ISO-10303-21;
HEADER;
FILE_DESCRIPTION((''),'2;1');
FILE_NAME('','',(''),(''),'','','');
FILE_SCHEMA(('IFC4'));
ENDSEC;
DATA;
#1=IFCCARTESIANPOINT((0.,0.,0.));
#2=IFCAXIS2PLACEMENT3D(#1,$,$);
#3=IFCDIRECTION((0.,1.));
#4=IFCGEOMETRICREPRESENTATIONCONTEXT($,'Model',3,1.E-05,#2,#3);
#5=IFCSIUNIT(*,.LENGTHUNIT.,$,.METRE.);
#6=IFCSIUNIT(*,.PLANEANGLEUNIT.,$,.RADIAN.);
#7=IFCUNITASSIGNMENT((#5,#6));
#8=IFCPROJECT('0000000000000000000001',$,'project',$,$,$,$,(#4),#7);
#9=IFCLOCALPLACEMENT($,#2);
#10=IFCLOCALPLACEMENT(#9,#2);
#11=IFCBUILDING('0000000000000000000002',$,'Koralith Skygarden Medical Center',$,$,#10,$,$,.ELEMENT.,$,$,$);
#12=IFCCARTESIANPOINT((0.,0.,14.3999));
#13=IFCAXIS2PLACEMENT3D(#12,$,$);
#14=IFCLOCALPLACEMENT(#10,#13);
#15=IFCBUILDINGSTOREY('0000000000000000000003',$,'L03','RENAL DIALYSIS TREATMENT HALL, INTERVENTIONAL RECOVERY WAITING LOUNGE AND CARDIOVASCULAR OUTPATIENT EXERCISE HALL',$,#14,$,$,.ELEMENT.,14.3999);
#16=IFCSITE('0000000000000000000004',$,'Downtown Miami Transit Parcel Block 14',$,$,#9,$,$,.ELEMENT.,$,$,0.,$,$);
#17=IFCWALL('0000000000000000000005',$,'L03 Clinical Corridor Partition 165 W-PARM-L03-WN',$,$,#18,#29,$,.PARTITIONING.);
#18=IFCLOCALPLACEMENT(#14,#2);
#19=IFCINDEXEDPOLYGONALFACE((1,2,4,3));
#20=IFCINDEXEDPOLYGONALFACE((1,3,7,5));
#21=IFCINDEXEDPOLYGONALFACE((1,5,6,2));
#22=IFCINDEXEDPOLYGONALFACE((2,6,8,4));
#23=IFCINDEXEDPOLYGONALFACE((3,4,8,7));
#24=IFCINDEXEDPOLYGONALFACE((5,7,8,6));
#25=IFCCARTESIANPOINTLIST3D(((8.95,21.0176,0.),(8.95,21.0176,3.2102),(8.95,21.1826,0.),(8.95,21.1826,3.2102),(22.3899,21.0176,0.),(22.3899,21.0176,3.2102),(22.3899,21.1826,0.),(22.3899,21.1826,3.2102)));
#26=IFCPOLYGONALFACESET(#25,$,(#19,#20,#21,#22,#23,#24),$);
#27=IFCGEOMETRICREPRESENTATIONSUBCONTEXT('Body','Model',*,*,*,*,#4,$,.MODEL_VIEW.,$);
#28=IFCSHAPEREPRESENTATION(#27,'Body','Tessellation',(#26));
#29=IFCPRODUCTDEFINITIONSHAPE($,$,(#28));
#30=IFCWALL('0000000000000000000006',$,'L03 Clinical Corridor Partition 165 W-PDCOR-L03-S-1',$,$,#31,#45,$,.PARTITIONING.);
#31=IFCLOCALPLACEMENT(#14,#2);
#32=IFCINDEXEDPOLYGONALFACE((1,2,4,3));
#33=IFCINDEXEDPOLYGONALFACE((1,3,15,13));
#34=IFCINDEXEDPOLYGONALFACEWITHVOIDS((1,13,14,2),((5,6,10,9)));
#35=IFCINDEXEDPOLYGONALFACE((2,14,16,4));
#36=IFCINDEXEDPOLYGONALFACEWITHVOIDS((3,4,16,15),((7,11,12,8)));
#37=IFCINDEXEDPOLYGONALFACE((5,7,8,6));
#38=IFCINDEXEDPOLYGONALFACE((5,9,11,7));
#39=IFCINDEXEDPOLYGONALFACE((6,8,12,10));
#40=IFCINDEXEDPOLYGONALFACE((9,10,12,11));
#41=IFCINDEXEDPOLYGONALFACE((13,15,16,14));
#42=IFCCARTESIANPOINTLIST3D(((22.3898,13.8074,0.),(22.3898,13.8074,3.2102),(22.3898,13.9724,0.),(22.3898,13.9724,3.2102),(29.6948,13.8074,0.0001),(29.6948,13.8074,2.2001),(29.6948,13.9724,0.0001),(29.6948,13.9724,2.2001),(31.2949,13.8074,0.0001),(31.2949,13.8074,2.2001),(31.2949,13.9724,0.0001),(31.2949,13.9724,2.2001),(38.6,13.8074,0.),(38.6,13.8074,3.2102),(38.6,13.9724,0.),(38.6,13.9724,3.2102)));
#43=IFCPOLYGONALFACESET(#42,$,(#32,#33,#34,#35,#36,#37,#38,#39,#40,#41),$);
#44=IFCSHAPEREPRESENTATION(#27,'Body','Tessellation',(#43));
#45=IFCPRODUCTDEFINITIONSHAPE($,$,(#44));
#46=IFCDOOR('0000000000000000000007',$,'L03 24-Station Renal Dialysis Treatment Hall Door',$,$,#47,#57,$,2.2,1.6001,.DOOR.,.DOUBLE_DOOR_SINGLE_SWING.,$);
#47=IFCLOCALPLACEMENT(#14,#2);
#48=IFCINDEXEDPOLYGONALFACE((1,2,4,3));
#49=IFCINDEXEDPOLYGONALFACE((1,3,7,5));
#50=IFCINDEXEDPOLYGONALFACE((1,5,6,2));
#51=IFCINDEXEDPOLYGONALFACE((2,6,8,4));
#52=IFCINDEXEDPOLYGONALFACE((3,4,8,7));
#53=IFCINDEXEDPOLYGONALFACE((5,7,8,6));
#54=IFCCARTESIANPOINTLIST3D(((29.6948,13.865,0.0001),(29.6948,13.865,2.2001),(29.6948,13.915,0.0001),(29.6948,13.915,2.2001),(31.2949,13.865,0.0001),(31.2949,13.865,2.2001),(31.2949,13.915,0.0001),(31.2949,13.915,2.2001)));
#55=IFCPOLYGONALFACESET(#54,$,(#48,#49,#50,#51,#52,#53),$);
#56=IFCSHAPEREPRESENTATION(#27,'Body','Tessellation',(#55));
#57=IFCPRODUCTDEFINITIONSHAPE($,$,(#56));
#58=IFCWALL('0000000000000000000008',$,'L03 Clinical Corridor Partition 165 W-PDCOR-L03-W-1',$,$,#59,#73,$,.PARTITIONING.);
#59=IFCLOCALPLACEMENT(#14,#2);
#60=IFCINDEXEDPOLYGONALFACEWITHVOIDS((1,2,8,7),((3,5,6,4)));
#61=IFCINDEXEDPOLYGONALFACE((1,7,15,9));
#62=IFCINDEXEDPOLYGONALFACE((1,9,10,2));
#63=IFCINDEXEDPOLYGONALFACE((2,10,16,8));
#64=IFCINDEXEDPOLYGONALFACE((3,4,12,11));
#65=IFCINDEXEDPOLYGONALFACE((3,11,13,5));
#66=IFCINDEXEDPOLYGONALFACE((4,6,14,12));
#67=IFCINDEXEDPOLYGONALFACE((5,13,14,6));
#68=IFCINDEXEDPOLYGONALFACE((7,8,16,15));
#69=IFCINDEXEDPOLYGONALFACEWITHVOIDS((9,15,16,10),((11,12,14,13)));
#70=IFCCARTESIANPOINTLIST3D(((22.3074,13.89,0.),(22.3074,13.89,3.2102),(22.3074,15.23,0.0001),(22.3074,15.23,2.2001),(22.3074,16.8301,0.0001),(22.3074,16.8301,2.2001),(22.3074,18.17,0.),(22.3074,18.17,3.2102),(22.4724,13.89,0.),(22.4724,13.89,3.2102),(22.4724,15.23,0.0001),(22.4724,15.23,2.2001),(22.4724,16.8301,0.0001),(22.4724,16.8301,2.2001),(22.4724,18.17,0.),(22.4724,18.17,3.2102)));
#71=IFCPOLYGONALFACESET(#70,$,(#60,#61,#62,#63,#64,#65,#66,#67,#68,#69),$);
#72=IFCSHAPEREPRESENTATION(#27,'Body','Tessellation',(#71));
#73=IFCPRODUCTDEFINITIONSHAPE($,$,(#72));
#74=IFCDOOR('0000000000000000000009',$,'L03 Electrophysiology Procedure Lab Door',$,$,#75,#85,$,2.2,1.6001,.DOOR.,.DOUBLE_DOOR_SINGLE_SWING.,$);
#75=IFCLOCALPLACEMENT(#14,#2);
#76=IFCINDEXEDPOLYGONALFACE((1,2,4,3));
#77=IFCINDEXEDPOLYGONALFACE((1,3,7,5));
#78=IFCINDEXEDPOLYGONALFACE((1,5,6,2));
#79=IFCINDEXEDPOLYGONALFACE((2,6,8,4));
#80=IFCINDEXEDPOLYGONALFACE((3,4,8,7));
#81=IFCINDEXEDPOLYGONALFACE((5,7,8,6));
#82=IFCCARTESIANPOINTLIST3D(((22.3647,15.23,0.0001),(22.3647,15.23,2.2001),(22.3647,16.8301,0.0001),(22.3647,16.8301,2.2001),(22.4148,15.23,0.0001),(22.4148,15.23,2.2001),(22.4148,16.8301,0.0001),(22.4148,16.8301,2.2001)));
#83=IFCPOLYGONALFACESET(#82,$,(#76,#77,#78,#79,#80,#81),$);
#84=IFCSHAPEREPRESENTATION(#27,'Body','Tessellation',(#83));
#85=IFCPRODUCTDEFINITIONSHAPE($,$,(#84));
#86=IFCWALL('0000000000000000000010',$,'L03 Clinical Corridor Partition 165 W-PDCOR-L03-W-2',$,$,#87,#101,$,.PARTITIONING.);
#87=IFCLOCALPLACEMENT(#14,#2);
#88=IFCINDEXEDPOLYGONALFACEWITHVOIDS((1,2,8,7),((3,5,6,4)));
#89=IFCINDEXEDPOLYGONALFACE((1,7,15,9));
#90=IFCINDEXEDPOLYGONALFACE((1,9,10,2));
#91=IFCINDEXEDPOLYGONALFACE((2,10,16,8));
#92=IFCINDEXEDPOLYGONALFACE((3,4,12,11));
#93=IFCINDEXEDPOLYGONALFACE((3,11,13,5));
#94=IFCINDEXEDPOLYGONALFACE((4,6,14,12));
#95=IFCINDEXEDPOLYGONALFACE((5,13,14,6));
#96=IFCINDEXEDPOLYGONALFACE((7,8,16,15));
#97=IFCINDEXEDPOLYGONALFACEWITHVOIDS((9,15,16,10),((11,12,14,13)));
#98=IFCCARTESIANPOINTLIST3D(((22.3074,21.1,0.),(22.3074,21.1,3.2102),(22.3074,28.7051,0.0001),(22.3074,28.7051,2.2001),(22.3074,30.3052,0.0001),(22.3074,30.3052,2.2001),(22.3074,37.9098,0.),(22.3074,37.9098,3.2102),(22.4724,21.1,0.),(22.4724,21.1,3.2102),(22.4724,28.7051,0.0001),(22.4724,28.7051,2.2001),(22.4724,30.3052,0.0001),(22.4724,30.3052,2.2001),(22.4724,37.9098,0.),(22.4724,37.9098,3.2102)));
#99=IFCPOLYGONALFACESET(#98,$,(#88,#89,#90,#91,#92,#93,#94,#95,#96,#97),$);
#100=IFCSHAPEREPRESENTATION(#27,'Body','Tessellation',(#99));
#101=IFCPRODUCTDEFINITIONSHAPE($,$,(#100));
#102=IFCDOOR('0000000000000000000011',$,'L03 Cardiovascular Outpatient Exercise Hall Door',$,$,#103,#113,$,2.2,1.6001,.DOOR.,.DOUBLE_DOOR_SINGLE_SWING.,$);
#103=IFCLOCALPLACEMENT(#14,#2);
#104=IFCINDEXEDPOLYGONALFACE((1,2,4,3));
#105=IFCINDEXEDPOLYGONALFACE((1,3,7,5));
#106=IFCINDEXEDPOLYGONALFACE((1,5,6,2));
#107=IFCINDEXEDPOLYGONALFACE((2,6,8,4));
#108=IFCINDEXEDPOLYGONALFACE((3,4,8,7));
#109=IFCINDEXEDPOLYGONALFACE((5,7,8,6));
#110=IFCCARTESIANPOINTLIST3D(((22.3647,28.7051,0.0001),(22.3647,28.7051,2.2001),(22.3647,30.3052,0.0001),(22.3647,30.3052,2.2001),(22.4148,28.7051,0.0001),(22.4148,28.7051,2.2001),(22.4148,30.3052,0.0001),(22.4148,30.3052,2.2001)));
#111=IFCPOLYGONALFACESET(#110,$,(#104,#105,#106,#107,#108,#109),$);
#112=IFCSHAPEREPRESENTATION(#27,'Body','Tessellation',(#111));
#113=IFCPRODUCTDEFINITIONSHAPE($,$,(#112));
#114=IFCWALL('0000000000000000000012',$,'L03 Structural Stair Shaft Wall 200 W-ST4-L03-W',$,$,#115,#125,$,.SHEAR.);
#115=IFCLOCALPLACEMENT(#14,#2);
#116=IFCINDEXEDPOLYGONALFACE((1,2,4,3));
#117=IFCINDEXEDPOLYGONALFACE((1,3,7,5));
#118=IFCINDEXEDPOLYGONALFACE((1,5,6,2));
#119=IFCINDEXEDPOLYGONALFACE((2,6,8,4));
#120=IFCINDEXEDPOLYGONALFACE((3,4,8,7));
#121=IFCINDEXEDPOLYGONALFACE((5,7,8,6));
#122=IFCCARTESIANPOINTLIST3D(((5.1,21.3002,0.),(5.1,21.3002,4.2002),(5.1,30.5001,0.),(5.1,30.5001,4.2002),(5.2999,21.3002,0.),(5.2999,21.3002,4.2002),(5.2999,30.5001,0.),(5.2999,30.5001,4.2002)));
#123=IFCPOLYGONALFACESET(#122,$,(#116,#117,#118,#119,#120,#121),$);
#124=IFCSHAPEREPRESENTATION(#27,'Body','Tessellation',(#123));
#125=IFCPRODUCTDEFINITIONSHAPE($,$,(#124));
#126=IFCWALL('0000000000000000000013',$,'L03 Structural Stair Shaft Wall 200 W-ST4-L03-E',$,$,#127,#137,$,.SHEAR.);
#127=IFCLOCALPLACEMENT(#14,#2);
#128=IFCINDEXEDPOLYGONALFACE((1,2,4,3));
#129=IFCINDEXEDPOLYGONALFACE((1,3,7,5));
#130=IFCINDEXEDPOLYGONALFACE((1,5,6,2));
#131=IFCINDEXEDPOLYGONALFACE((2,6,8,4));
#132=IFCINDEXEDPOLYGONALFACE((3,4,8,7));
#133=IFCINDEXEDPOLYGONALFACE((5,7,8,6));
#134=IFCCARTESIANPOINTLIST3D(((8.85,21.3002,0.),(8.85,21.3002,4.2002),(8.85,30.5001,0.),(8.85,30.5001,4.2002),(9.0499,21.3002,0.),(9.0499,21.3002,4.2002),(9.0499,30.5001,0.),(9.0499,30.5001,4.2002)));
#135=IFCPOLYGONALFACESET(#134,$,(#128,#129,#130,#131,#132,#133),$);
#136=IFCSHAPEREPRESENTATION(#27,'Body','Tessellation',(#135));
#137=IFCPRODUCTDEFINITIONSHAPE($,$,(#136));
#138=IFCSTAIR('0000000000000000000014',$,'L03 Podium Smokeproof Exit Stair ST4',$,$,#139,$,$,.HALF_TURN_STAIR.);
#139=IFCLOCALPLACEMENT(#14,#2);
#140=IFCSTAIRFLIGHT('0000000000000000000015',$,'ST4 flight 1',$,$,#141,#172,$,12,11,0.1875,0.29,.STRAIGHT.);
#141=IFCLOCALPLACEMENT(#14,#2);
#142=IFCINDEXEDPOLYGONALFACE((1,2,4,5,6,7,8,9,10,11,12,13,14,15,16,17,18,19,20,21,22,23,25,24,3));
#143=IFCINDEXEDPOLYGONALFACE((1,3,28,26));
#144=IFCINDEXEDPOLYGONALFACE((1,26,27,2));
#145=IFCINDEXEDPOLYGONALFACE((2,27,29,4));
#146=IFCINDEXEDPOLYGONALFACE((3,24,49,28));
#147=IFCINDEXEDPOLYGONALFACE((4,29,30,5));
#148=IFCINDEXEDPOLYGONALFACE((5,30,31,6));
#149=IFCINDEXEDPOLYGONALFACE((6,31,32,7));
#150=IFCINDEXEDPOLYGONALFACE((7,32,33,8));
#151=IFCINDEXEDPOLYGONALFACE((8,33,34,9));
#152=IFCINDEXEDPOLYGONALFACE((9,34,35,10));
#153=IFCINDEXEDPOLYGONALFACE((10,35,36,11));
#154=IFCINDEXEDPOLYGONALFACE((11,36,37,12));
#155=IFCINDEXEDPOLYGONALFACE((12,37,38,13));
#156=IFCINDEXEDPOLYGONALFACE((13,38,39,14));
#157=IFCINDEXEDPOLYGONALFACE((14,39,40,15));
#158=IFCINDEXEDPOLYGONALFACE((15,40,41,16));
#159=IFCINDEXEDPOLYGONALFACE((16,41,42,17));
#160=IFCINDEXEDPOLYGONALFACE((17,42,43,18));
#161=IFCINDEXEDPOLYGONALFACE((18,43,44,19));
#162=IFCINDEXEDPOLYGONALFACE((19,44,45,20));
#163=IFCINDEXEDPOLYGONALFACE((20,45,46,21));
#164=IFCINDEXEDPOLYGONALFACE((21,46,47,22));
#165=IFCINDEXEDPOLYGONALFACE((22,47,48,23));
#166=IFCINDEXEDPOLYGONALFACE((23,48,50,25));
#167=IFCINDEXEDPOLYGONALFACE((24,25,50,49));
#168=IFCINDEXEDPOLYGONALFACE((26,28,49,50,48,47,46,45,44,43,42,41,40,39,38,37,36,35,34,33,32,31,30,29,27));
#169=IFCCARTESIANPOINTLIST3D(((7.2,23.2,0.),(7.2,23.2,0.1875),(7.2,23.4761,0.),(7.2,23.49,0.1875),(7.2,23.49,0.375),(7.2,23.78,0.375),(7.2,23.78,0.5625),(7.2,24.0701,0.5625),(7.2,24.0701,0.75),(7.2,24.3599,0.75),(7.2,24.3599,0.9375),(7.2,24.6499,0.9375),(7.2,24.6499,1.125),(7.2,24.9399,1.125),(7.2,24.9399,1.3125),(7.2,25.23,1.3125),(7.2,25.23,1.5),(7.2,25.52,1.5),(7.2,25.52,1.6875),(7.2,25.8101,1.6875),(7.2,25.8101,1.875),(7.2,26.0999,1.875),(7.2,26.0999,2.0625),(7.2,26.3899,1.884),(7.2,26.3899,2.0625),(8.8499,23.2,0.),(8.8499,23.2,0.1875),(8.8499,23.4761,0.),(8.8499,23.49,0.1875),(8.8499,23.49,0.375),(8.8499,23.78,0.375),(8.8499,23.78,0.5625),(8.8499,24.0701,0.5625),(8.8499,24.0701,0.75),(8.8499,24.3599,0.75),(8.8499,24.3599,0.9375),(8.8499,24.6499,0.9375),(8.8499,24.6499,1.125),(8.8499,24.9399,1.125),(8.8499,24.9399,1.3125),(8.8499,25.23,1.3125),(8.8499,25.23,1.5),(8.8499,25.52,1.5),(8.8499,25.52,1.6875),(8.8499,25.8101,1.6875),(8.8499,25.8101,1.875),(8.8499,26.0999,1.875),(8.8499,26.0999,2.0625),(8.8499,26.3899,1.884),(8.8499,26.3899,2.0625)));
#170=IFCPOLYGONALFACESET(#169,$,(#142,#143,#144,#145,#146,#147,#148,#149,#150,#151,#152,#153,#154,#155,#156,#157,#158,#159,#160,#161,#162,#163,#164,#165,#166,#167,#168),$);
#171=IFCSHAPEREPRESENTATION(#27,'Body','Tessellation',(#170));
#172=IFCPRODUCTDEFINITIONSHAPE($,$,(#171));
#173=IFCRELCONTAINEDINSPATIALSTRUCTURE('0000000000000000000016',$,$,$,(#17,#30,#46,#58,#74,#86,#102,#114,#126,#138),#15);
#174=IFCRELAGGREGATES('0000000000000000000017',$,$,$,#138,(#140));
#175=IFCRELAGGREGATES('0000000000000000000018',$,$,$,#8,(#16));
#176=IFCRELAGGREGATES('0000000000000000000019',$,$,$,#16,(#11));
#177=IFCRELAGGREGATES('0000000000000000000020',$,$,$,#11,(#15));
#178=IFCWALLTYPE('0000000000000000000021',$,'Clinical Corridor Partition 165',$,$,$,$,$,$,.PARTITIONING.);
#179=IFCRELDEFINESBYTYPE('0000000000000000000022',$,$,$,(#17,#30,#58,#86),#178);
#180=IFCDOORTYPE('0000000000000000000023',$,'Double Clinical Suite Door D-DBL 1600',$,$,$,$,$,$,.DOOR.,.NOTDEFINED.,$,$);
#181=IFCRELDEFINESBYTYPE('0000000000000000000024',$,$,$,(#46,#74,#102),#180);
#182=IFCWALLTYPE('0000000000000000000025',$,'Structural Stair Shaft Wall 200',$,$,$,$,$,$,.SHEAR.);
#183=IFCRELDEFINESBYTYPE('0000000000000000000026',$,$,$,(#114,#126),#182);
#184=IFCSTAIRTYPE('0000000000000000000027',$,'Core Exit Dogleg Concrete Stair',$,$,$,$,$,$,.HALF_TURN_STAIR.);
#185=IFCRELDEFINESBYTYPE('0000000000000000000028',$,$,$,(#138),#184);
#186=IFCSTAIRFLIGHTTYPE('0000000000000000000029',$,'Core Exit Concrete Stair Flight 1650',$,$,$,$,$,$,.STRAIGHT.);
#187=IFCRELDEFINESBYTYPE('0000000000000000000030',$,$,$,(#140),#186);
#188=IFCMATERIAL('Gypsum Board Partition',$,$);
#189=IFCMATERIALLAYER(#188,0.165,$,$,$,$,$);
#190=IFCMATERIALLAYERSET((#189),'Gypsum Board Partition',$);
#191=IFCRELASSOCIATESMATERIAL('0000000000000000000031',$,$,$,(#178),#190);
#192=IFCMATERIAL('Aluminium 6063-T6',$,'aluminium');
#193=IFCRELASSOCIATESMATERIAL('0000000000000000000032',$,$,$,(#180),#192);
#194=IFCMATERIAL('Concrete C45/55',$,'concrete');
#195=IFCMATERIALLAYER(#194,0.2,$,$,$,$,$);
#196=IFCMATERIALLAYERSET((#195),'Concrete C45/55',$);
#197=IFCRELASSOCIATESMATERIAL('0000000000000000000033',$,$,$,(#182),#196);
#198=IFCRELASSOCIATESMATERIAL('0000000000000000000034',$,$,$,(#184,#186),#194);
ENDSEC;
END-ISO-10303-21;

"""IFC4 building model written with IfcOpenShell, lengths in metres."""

from ifc_helpers import new_model, si_unit, direction, frame, frame_2d, origin, place, context, subcontext, project, spatial, polyline, rectangle, outline, extrude, material, layer, layer_set, type_object, element, fill, aggregate, save


model = new_model("IFC4")

# Units and contexts
model_context = context("Model", 3, precision=1e-05, world=origin(), true_north=direction((0.0, 1.0)))
body_context = subcontext(model_context, "Body", "Model", "MODEL_VIEW")
ifc_project = project(units=[si_unit("LENGTHUNIT", "METRE"), si_unit("PLANEANGLEUNIT", "RADIAN")], contexts=[model_context])

# Site, building, storey
site_placement = place(None, origin())
site = spatial("IfcSite", under=ifc_project, at=site_placement, Name="Downtown Miami Transit Parcel Block 14", CompositionType="ELEMENT", RefElevation=0.0)
building_placement = place(site_placement, origin())
building = spatial("IfcBuilding", under=site, at=building_placement, Name="Koralith Skygarden Medical Center", CompositionType="ELEMENT")
storey_placement = place(building_placement, frame((0.0, 0.0, 14.3999)))
storey = spatial("IfcBuildingStorey", under=building, at=storey_placement, Name="L03", Description="RENAL DIALYSIS TREATMENT HALL, INTERVENTIONAL RECOVERY WAITING LOUNGE AND CARDIOVASCULAR OUTPATIENT EXERCISE HALL", CompositionType="ELEMENT", Elevation=14.3999)

# Wall
ifc_material_1 = material(Name="Gypsum Board Partition")
ifc_layer_1 = layer(ifc_material_1, 0.165)
ifc_layer_set_1 = layer_set([ifc_layer_1], Name="Gypsum Board Partition")
wall_type_1 = type_object("IfcWallType", Name="Clinical Corridor Partition 165", PredefinedType="PARTITIONING", material=ifc_layer_set_1)
wall_1_placement = place(storey_placement, frame((8.95, 21.1001, 0.0), z_axis=(0.0, 0.0, 1.0), x_axis=(1.0, 0.0, 0.0)))
element("IfcWall", 1, at=wall_1_placement, inside=storey, type_object=wall_type_1, Name="L03 Clinical Corridor Partition 165 W-PARM-L03-WN", PredefinedType="PARTITIONING", context=body_context, shape_type="SweptSolid", body=[
    extrude(rectangle(XDim=13.4399, YDim=0.165, at=frame_2d((6.72, 0.0))), origin(), (0.0, 0.0, 1.0), 3.2102),
])

# Walls, openings, doors
wall_2_placement = place(storey_placement, frame((22.3899, 13.8899, 0.0), z_axis=(0.0, 0.0, 1.0), x_axis=(1.0, 0.0, 0.0)))
wall_2 = element("IfcWall", 2, at=wall_2_placement, inside=storey, type_object=wall_type_1, Name="L03 Clinical Corridor Partition 165 W-PDCOR-L03-S-1", PredefinedType="PARTITIONING", context=body_context, shape_type="SweptSolid", body=[
    extrude(rectangle(XDim=16.2102, YDim=0.165, at=frame_2d((8.105, 0.0))), origin(), (0.0, 0.0, 1.0), 3.2102),
])
opening_1_placement = place(wall_2_placement, frame((7.3049, 0.0, 0.0)))
opening_1 = element("IfcOpeningElement", 3, at=opening_1_placement, cuts=wall_2, PredefinedType="OPENING", context=body_context, shape_type="SweptSolid", body=[
    extrude(rectangle(XDim=1.6001, YDim=2.2, at=frame_2d((0.8, 1.1001))), frame((0.0, 0.0925, 0.0), z_axis=(0.0, -1.0, 0.0), x_axis=(1.0, 0.0, 0.0)), (0.0, 0.0, 1.0), 0.1851),
])
ifc_material_2 = material(Name="Aluminium 6063-T6", Category="aluminium")
door_type = type_object("IfcDoorType", Name="Double Clinical Suite Door D-DBL 1600", OperationType="NOTDEFINED", PredefinedType="DOOR", material=ifc_material_2)
door_1_placement = place(opening_1_placement, frame((1.6001, 0.0, 0.0), z_axis=(0.0, 0.0, 1.0), x_axis=(-1.0, 0.0, 0.0)))
door_1 = element("IfcDoor", 4, at=door_1_placement, inside=storey, type_object=door_type, Name="L03 24-Station Renal Dialysis Treatment Hall Door", OperationType="DOUBLE_DOOR_SINGLE_SWING", OverallHeight=2.2, OverallWidth=1.6001, PredefinedType="DOOR", context=body_context, shape_type="SweptSolid", body=[
    extrude(rectangle(XDim=1.6001, YDim=2.2, at=frame_2d((0.8, 1.1001))), frame((0.0, 0.0249, 0.0), z_axis=(0.0, -1.0, 0.0), x_axis=(1.0, 0.0, 0.0)), (0.0, 0.0, 1.0), 0.05),
])
fill(opening_1, door_1)
wall_3_placement = place(storey_placement, frame((22.3899, 13.8899, 0.0), z_axis=(0.0, 0.0, 1.0), x_axis=(0.0, 1.0, 0.0)))
wall_3 = element("IfcWall", 5, at=wall_3_placement, inside=storey, type_object=wall_type_1, Name="L03 Clinical Corridor Partition 165 W-PDCOR-L03-W-1", PredefinedType="PARTITIONING", context=body_context, shape_type="SweptSolid", body=[
    extrude(rectangle(XDim=4.28, YDim=0.165, at=frame_2d((2.1401, 0.0))), origin(), (0.0, 0.0, 1.0), 3.2102),
])
opening_2_placement = place(wall_3_placement, frame((1.3401, 0.0, 0.0)))
opening_2 = element("IfcOpeningElement", 6, at=opening_2_placement, cuts=wall_3, PredefinedType="OPENING", context=body_context, shape_type="SweptSolid", body=[
    extrude(rectangle(XDim=1.6001, YDim=2.2, at=frame_2d((0.8, 1.1001))), frame((0.0, 0.0925, 0.0), z_axis=(0.0, -1.0, 0.0), x_axis=(1.0, 0.0, 0.0)), (0.0, 0.0, 1.0), 0.1851),
])
door_2_placement = place(opening_2_placement, frame((1.6001, 0.0, 0.0), z_axis=(0.0, 0.0, 1.0), x_axis=(-1.0, 0.0, 0.0)))
door_2 = element("IfcDoor", 7, at=door_2_placement, inside=storey, type_object=door_type, Name="L03 Electrophysiology Procedure Lab Door", OperationType="DOUBLE_DOOR_SINGLE_SWING", OverallHeight=2.2, OverallWidth=1.6001, PredefinedType="DOOR", context=body_context, shape_type="SweptSolid", body=[
    extrude(rectangle(XDim=1.6001, YDim=2.2, at=frame_2d((0.8, 1.1001))), frame((0.0, 0.0249, 0.0), z_axis=(0.0, -1.0, 0.0), x_axis=(1.0, 0.0, 0.0)), (0.0, 0.0, 1.0), 0.05),
])
fill(opening_2, door_2)
wall_4_placement = place(storey_placement, frame((22.3899, 21.1001, 0.0), z_axis=(0.0, 0.0, 1.0), x_axis=(0.0, 1.0, 0.0)))
wall_4 = element("IfcWall", 8, at=wall_4_placement, inside=storey, type_object=wall_type_1, Name="L03 Clinical Corridor Partition 165 W-PDCOR-L03-W-2", PredefinedType="PARTITIONING", context=body_context, shape_type="SweptSolid", body=[
    extrude(rectangle(XDim=16.8098, YDim=0.165, at=frame_2d((8.4048, 0.0))), origin(), (0.0, 0.0, 1.0), 3.2102),
])
opening_3_placement = place(wall_4_placement, frame((7.605, 0.0, 0.0)))
opening_3 = element("IfcOpeningElement", 9, at=opening_3_placement, cuts=wall_4, PredefinedType="OPENING", context=body_context, shape_type="SweptSolid", body=[
    extrude(rectangle(XDim=1.6001, YDim=2.2, at=frame_2d((0.8, 1.1001))), frame((0.0, 0.0925, 0.0), z_axis=(0.0, -1.0, 0.0), x_axis=(1.0, 0.0, 0.0)), (0.0, 0.0, 1.0), 0.1851),
])
door_3_placement = place(opening_3_placement, frame((1.6001, 0.0, 0.0), z_axis=(0.0, 0.0, 1.0), x_axis=(-1.0, 0.0, 0.0)))
door_3 = element("IfcDoor", 10, at=door_3_placement, inside=storey, type_object=door_type, Name="L03 Cardiovascular Outpatient Exercise Hall Door", OperationType="DOUBLE_DOOR_SINGLE_SWING", OverallHeight=2.2, OverallWidth=1.6001, PredefinedType="DOOR", context=body_context, shape_type="SweptSolid", body=[
    extrude(rectangle(XDim=1.6001, YDim=2.2, at=frame_2d((0.8, 1.1001))), frame((0.0, 0.0249, 0.0), z_axis=(0.0, -1.0, 0.0), x_axis=(1.0, 0.0, 0.0)), (0.0, 0.0, 1.0), 0.05),
])
fill(opening_3, door_3)

# Walls
ifc_material_3 = material(Name="Concrete C45/55", Category="concrete")
ifc_layer_2 = layer(ifc_material_3, 0.2)
ifc_layer_set_2 = layer_set([ifc_layer_2], Name="Concrete C45/55")
wall_type_2 = type_object("IfcWallType", Name="Structural Stair Shaft Wall 200", PredefinedType="SHEAR", material=ifc_layer_set_2)
for number, where, z_axis, x_axis, name in (
    (11, (5.2, 21.3, 0.0), (0.0, 0.0, 1.0), (0.0, 1.0, 0.0), "L03 Structural Stair Shaft Wall 200 W-ST4-L03-W"),
    (12, (8.95, 21.3, 0.0), (0.0, 0.0, 1.0), (0.0, 1.0, 0.0), "L03 Structural Stair Shaft Wall 200 W-ST4-L03-E"),
):
    element("IfcWall", number, at=place(storey_placement, frame(where, z_axis=z_axis, x_axis=x_axis)), inside=storey, type_object=wall_type_2, Name=name, PredefinedType="SHEAR", context=body_context, shape_type="SweptSolid", body=[
        extrude(rectangle(XDim=9.2, YDim=0.2, at=frame_2d((4.6001, 0.0))), origin(), (0.0, 0.0, 1.0), 4.2002),
    ])

# Stair, stair flight
stair_type = type_object("IfcStairType", Name="Core Exit Dogleg Concrete Stair", PredefinedType="HALF_TURN_STAIR", material=ifc_material_3)
stair_placement = place(storey_placement, origin())
stair = element("IfcStair", 13, at=stair_placement, inside=storey, type_object=stair_type, Name="L03 Podium Smokeproof Exit Stair ST4", PredefinedType="HALF_TURN_STAIR")
stair_flight_type = type_object("IfcStairFlightType", Name="Core Exit Concrete Stair Flight 1650", PredefinedType="STRAIGHT", material=ifc_material_3)
stair_flight_placement = place(storey_placement, frame((8.0249, 23.2, 0.0), z_axis=(0.0, 0.0, 1.0), x_axis=(0.0, 1.0, 0.0)))
stair_flight = element("IfcStairFlight", 14, at=stair_flight_placement, type_object=stair_flight_type, Name="ST4 flight 1", NumberOfRisers=12, NumberOfTreads=11, PredefinedType="STRAIGHT", RiserHeight=0.1875, TreadLength=0.29, context=body_context, shape_type="SweptSolid", body=[
    extrude(outline(polyline([(0.0, 0.0), (0.0, 0.1875), (0.29, 0.1875), (0.29, 0.375), (0.5801, 0.375), (0.5801, 0.5625), (0.8701, 0.5625), (0.8701, 0.75), (1.1599, 0.75), (1.1599, 0.9375), (1.45, 0.9375), (1.45, 1.125), (1.74, 1.125), (1.74, 1.3125), (2.03, 1.3125), (2.03, 1.5), (2.3201, 1.5), (2.3201, 1.6875), (2.6101, 1.6875), (2.6101, 1.875), (2.8999, 1.875), (2.8999, 2.0625), (3.1899, 2.0625), (3.1899, 2.25), (3.1899, 1.884), (0.2761, 0.0), (0.0, 0.0)])), frame((0.0, 0.825, 0.0), z_axis=(0.0, -1.0, 0.0), x_axis=(1.0, 0.0, 0.0)), (0.0, 0.0, 1.0), 1.6499),
])
aggregate(stair, [stair_flight])

save(model, "model.ifc")
